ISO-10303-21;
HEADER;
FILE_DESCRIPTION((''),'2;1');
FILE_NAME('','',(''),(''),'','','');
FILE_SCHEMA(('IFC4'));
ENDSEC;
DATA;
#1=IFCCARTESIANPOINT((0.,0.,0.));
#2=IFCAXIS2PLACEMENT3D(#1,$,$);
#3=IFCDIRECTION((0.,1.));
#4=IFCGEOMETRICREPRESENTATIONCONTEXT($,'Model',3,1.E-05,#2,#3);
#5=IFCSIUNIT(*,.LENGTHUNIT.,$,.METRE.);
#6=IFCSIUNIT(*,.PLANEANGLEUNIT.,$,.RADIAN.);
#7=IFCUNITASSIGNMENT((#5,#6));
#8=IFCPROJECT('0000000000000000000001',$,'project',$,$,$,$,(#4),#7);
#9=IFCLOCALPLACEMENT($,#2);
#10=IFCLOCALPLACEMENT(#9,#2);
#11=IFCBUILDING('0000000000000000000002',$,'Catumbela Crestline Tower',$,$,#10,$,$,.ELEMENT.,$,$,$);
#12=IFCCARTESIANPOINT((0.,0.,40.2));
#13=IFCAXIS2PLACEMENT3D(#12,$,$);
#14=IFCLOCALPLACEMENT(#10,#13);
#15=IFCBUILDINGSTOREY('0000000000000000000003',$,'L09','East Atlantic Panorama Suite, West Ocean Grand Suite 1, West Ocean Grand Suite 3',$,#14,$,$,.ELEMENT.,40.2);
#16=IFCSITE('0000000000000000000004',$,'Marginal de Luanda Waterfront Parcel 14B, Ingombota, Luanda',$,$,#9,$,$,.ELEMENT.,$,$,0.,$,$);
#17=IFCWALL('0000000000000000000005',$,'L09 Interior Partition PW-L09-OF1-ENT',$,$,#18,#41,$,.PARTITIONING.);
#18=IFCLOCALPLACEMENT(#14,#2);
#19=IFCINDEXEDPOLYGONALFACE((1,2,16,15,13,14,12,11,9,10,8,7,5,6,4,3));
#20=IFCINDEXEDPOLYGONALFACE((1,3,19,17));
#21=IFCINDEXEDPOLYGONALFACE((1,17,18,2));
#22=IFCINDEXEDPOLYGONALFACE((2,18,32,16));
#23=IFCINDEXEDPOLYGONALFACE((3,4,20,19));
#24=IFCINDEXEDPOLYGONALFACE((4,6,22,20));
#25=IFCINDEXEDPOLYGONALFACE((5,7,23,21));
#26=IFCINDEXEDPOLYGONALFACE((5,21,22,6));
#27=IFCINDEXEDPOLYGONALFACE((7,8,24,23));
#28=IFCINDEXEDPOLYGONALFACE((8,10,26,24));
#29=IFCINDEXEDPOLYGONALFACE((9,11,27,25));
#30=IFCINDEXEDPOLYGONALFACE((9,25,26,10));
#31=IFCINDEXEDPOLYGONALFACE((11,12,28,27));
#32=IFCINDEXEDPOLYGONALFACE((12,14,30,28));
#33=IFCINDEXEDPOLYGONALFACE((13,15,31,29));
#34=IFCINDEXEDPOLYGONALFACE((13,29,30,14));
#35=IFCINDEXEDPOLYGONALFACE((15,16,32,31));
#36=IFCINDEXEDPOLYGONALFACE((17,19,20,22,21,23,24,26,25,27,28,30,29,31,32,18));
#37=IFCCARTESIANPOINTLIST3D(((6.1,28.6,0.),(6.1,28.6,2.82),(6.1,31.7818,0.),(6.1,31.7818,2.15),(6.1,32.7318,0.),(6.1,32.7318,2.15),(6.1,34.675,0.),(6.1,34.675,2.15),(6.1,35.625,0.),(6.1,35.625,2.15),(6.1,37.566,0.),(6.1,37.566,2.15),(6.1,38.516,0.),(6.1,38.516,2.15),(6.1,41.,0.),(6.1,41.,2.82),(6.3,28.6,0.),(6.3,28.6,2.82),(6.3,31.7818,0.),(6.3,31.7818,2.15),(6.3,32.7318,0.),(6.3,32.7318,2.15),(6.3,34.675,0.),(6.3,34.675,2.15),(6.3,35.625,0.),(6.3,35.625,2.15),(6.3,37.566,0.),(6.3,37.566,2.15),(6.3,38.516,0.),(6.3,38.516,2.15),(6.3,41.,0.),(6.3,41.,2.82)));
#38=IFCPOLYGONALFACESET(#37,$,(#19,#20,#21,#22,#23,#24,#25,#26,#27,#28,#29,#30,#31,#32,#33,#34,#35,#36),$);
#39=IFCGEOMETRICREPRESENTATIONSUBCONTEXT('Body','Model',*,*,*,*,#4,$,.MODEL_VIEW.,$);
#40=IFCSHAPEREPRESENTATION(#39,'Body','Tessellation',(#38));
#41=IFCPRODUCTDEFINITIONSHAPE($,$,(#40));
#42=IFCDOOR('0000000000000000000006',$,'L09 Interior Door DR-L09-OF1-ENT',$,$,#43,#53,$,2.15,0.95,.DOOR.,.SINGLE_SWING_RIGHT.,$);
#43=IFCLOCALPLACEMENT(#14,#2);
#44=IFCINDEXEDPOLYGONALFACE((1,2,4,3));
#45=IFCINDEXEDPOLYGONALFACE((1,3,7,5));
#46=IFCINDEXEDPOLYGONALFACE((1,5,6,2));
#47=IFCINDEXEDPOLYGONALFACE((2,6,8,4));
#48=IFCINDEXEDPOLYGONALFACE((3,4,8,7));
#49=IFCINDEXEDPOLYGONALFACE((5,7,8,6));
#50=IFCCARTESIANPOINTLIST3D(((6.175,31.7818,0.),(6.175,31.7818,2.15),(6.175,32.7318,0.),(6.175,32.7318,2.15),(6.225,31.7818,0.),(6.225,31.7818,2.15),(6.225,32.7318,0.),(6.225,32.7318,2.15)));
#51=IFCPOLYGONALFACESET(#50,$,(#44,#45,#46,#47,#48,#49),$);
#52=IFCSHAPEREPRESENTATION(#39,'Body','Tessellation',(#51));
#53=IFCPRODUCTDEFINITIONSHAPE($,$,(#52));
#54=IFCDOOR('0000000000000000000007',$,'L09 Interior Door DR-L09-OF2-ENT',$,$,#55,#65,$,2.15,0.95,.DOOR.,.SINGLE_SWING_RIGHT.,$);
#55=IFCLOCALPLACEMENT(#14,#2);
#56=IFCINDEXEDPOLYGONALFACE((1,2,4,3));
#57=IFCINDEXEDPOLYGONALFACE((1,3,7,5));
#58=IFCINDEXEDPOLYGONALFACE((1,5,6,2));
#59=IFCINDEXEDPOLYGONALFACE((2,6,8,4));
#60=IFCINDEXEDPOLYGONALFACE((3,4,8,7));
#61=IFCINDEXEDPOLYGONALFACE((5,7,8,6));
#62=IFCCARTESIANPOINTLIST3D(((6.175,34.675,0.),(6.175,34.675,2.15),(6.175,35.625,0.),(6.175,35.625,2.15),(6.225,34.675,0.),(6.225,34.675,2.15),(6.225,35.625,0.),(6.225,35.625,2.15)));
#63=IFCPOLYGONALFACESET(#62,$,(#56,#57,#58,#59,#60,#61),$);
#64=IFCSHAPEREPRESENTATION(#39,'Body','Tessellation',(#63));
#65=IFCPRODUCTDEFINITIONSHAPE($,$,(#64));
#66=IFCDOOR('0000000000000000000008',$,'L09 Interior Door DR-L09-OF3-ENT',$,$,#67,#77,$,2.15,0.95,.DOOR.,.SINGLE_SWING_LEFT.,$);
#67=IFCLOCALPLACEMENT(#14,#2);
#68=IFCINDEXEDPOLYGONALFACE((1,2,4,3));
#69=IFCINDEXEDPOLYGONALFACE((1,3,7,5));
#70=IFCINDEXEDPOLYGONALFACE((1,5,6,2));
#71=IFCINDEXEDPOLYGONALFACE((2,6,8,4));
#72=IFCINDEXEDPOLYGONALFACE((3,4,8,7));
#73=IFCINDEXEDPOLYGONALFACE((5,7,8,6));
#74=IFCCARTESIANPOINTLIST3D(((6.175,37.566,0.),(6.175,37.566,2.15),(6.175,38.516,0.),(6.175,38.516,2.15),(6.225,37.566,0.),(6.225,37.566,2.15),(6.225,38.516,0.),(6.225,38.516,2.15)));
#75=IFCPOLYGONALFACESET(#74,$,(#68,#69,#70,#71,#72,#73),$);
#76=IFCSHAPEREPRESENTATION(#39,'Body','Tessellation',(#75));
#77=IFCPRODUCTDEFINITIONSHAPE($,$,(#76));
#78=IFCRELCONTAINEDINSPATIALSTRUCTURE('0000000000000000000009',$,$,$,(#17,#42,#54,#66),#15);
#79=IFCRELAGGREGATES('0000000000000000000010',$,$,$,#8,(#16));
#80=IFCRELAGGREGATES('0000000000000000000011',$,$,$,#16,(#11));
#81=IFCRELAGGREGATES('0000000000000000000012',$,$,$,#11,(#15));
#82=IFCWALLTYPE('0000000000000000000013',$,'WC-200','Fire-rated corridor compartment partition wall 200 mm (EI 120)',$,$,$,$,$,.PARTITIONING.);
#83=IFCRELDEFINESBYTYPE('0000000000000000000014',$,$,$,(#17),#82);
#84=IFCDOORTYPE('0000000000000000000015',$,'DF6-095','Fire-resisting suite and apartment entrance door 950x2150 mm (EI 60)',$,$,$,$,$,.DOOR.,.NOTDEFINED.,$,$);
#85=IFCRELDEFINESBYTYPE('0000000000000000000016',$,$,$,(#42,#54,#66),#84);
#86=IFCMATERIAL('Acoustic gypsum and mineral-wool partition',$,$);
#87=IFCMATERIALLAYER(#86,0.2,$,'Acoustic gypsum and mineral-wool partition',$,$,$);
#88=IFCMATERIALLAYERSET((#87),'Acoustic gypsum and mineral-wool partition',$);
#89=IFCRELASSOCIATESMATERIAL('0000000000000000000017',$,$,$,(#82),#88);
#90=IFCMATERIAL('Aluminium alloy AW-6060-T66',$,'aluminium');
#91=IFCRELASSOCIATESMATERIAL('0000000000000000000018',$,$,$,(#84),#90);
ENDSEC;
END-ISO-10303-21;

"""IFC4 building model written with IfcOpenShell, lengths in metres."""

from ifc_helpers import new_model, si_unit, direction, frame, frame_2d, origin, place, context, subcontext, project, spatial, rectangle, extrude, material, layer, layer_set, type_object, element, fill, save


model = new_model("IFC4")

# Units and contexts
model_context = context("Model", 3, precision=1e-05, world=origin(), true_north=direction((0.0, 1.0)))
body_context = subcontext(model_context, "Body", "Model", "MODEL_VIEW")
ifc_project = project(units=[si_unit("LENGTHUNIT", "METRE"), si_unit("PLANEANGLEUNIT", "RADIAN")], contexts=[model_context])

# Site, building, storey
site_placement = place(None, origin())
site = spatial("IfcSite", under=ifc_project, at=site_placement, Name="Marginal de Luanda Waterfront Parcel 14B, Ingombota, Luanda", CompositionType="ELEMENT", RefElevation=0.0)
building_placement = place(site_placement, origin())
building = spatial("IfcBuilding", under=site, at=building_placement, Name="Catumbela Crestline Tower", CompositionType="ELEMENT")
storey_placement = place(building_placement, frame((0.0, 0.0, 40.2)))
storey = spatial("IfcBuildingStorey", under=building, at=storey_placement, Name="L09", Description="East Atlantic Panorama Suite, West Ocean Grand Suite 1, West Ocean Grand Suite 3", CompositionType="ELEMENT", Elevation=40.2)

# Shared definitions
ifc_material_1 = material(Name="Acoustic gypsum and mineral-wool partition")
ifc_layer = layer(ifc_material_1, 0.2, Name="Acoustic gypsum and mineral-wool partition")
ifc_layer_set = layer_set([ifc_layer], Name="Acoustic gypsum and mineral-wool partition")
wall_type = type_object("IfcWallType", Name="WC-200", Description="Fire-rated corridor compartment partition wall 200 mm (EI 120)", PredefinedType="PARTITIONING", material=ifc_layer_set)
ifc_material_2 = material(Name="Aluminium alloy AW-6060-T66", Category="aluminium")
door_type_1 = type_object("IfcDoorType", Name="DF6-095", Description="Fire-resisting suite and apartment entrance door 950x2150 mm (EI 60)", OperationType="NOTDEFINED", PredefinedType="DOOR", material=ifc_material_2)

# Wall, openings, doors
wall_1_placement = place(storey_placement, frame((6.2, 28.6, 0.0), z_axis=(0.0, 0.0, 1.0), x_axis=(0.0, 1.0, 0.0)))
wall_1 = element("IfcWall", 1, at=wall_1_placement, inside=storey, type_object=wall_type, Name="L09 Interior Partition PW-L09-OF1-ENT", PredefinedType="PARTITIONING", context=body_context, shape_type="SweptSolid", body=[
    extrude(rectangle(XDim=12.4, YDim=0.2, at=frame_2d((6.2, 0.0))), origin(), (0.0, 0.0, 1.0), 2.82),
])
opening_1_placement = place(wall_1_placement, frame((3.1818, 0.0, 0.0)))
opening_1 = element("IfcOpeningElement", 2, at=opening_1_placement, cuts=wall_1, PredefinedType="OPENING", context=body_context, shape_type="SweptSolid", body=[
    extrude(rectangle(XDim=0.95, YDim=2.15, at=frame_2d((0.475, 1.075))), frame((0.0, 0.11, 0.0), z_axis=(0.0, -1.0, 0.0), x_axis=(1.0, 0.0, 0.0)), (0.0, 0.0, 1.0), 0.22),
])
opening_2_placement = place(wall_1_placement, frame((6.075, 0.0, 0.0)))
opening_2 = element("IfcOpeningElement", 3, at=opening_2_placement, cuts=wall_1, PredefinedType="OPENING", context=body_context, shape_type="SweptSolid", body=[
    extrude(rectangle(XDim=0.95, YDim=2.15, at=frame_2d((0.475, 1.075))), frame((0.0, 0.11, 0.0), z_axis=(0.0, -1.0, 0.0), x_axis=(1.0, 0.0, 0.0)), (0.0, 0.0, 1.0), 0.22),
])
opening_3_placement = place(wall_1_placement, frame((8.966, 0.0, 0.0)))
opening_3 = element("IfcOpeningElement", 4, at=opening_3_placement, cuts=wall_1, PredefinedType="OPENING", context=body_context, shape_type="SweptSolid", body=[
    extrude(rectangle(XDim=0.95, YDim=2.15, at=frame_2d((0.475, 1.075))), frame((0.0, 0.11, 0.0), z_axis=(0.0, -1.0, 0.0), x_axis=(1.0, 0.0, 0.0)), (0.0, 0.0, 1.0), 0.22),
])
door_1_placement = place(opening_1_placement, origin())
door_1 = element("IfcDoor", 5, at=door_1_placement, inside=storey, type_object=door_type_1, Name="L09 Interior Door DR-L09-OF1-ENT", OperationType="SINGLE_SWING_RIGHT", OverallHeight=2.15, OverallWidth=0.95, PredefinedType="DOOR", context=body_context, shape_type="SweptSolid", body=[
    extrude(rectangle(XDim=0.95, YDim=2.15, at=frame_2d((0.475, 1.075))), frame((0.0, 0.025, 0.0), z_axis=(0.0, -1.0, 0.0), x_axis=(1.0, 0.0, 0.0)), (0.0, 0.0, 1.0), 0.05),
])
fill(opening_1, door_1)
door_2_placement = place(opening_2_placement, origin())
door_2 = element("IfcDoor", 6, at=door_2_placement, inside=storey, type_object=door_type_1, Name="L09 Interior Door DR-L09-OF2-ENT", OperationType="SINGLE_SWING_RIGHT", OverallHeight=2.15, OverallWidth=0.95, PredefinedType="DOOR", context=body_context, shape_type="SweptSolid", body=[
    extrude(rectangle(XDim=0.95, YDim=2.15, at=frame_2d((0.475, 1.075))), frame((0.0, 0.025, 0.0), z_axis=(0.0, -1.0, 0.0), x_axis=(1.0, 0.0, 0.0)), (0.0, 0.0, 1.0), 0.05),
])
fill(opening_2, door_2)
door_3_placement = place(opening_3_placement, origin())
door_3 = element("IfcDoor", 7, at=door_3_placement, inside=storey, type_object=door_type_1, Name="L09 Interior Door DR-L09-OF3-ENT", OperationType="SINGLE_SWING_LEFT", OverallHeight=2.15, OverallWidth=0.95, PredefinedType="DOOR", context=body_context, shape_type="SweptSolid", body=[
    extrude(rectangle(XDim=0.95, YDim=2.15, at=frame_2d((0.475, 1.075))), frame((0.0, 0.025, 0.0), z_axis=(0.0, -1.0, 0.0), x_axis=(1.0, 0.0, 0.0)), (0.0, 0.0, 1.0), 0.05),
])
fill(opening_3, door_3)

save(model, "model.ifc")
